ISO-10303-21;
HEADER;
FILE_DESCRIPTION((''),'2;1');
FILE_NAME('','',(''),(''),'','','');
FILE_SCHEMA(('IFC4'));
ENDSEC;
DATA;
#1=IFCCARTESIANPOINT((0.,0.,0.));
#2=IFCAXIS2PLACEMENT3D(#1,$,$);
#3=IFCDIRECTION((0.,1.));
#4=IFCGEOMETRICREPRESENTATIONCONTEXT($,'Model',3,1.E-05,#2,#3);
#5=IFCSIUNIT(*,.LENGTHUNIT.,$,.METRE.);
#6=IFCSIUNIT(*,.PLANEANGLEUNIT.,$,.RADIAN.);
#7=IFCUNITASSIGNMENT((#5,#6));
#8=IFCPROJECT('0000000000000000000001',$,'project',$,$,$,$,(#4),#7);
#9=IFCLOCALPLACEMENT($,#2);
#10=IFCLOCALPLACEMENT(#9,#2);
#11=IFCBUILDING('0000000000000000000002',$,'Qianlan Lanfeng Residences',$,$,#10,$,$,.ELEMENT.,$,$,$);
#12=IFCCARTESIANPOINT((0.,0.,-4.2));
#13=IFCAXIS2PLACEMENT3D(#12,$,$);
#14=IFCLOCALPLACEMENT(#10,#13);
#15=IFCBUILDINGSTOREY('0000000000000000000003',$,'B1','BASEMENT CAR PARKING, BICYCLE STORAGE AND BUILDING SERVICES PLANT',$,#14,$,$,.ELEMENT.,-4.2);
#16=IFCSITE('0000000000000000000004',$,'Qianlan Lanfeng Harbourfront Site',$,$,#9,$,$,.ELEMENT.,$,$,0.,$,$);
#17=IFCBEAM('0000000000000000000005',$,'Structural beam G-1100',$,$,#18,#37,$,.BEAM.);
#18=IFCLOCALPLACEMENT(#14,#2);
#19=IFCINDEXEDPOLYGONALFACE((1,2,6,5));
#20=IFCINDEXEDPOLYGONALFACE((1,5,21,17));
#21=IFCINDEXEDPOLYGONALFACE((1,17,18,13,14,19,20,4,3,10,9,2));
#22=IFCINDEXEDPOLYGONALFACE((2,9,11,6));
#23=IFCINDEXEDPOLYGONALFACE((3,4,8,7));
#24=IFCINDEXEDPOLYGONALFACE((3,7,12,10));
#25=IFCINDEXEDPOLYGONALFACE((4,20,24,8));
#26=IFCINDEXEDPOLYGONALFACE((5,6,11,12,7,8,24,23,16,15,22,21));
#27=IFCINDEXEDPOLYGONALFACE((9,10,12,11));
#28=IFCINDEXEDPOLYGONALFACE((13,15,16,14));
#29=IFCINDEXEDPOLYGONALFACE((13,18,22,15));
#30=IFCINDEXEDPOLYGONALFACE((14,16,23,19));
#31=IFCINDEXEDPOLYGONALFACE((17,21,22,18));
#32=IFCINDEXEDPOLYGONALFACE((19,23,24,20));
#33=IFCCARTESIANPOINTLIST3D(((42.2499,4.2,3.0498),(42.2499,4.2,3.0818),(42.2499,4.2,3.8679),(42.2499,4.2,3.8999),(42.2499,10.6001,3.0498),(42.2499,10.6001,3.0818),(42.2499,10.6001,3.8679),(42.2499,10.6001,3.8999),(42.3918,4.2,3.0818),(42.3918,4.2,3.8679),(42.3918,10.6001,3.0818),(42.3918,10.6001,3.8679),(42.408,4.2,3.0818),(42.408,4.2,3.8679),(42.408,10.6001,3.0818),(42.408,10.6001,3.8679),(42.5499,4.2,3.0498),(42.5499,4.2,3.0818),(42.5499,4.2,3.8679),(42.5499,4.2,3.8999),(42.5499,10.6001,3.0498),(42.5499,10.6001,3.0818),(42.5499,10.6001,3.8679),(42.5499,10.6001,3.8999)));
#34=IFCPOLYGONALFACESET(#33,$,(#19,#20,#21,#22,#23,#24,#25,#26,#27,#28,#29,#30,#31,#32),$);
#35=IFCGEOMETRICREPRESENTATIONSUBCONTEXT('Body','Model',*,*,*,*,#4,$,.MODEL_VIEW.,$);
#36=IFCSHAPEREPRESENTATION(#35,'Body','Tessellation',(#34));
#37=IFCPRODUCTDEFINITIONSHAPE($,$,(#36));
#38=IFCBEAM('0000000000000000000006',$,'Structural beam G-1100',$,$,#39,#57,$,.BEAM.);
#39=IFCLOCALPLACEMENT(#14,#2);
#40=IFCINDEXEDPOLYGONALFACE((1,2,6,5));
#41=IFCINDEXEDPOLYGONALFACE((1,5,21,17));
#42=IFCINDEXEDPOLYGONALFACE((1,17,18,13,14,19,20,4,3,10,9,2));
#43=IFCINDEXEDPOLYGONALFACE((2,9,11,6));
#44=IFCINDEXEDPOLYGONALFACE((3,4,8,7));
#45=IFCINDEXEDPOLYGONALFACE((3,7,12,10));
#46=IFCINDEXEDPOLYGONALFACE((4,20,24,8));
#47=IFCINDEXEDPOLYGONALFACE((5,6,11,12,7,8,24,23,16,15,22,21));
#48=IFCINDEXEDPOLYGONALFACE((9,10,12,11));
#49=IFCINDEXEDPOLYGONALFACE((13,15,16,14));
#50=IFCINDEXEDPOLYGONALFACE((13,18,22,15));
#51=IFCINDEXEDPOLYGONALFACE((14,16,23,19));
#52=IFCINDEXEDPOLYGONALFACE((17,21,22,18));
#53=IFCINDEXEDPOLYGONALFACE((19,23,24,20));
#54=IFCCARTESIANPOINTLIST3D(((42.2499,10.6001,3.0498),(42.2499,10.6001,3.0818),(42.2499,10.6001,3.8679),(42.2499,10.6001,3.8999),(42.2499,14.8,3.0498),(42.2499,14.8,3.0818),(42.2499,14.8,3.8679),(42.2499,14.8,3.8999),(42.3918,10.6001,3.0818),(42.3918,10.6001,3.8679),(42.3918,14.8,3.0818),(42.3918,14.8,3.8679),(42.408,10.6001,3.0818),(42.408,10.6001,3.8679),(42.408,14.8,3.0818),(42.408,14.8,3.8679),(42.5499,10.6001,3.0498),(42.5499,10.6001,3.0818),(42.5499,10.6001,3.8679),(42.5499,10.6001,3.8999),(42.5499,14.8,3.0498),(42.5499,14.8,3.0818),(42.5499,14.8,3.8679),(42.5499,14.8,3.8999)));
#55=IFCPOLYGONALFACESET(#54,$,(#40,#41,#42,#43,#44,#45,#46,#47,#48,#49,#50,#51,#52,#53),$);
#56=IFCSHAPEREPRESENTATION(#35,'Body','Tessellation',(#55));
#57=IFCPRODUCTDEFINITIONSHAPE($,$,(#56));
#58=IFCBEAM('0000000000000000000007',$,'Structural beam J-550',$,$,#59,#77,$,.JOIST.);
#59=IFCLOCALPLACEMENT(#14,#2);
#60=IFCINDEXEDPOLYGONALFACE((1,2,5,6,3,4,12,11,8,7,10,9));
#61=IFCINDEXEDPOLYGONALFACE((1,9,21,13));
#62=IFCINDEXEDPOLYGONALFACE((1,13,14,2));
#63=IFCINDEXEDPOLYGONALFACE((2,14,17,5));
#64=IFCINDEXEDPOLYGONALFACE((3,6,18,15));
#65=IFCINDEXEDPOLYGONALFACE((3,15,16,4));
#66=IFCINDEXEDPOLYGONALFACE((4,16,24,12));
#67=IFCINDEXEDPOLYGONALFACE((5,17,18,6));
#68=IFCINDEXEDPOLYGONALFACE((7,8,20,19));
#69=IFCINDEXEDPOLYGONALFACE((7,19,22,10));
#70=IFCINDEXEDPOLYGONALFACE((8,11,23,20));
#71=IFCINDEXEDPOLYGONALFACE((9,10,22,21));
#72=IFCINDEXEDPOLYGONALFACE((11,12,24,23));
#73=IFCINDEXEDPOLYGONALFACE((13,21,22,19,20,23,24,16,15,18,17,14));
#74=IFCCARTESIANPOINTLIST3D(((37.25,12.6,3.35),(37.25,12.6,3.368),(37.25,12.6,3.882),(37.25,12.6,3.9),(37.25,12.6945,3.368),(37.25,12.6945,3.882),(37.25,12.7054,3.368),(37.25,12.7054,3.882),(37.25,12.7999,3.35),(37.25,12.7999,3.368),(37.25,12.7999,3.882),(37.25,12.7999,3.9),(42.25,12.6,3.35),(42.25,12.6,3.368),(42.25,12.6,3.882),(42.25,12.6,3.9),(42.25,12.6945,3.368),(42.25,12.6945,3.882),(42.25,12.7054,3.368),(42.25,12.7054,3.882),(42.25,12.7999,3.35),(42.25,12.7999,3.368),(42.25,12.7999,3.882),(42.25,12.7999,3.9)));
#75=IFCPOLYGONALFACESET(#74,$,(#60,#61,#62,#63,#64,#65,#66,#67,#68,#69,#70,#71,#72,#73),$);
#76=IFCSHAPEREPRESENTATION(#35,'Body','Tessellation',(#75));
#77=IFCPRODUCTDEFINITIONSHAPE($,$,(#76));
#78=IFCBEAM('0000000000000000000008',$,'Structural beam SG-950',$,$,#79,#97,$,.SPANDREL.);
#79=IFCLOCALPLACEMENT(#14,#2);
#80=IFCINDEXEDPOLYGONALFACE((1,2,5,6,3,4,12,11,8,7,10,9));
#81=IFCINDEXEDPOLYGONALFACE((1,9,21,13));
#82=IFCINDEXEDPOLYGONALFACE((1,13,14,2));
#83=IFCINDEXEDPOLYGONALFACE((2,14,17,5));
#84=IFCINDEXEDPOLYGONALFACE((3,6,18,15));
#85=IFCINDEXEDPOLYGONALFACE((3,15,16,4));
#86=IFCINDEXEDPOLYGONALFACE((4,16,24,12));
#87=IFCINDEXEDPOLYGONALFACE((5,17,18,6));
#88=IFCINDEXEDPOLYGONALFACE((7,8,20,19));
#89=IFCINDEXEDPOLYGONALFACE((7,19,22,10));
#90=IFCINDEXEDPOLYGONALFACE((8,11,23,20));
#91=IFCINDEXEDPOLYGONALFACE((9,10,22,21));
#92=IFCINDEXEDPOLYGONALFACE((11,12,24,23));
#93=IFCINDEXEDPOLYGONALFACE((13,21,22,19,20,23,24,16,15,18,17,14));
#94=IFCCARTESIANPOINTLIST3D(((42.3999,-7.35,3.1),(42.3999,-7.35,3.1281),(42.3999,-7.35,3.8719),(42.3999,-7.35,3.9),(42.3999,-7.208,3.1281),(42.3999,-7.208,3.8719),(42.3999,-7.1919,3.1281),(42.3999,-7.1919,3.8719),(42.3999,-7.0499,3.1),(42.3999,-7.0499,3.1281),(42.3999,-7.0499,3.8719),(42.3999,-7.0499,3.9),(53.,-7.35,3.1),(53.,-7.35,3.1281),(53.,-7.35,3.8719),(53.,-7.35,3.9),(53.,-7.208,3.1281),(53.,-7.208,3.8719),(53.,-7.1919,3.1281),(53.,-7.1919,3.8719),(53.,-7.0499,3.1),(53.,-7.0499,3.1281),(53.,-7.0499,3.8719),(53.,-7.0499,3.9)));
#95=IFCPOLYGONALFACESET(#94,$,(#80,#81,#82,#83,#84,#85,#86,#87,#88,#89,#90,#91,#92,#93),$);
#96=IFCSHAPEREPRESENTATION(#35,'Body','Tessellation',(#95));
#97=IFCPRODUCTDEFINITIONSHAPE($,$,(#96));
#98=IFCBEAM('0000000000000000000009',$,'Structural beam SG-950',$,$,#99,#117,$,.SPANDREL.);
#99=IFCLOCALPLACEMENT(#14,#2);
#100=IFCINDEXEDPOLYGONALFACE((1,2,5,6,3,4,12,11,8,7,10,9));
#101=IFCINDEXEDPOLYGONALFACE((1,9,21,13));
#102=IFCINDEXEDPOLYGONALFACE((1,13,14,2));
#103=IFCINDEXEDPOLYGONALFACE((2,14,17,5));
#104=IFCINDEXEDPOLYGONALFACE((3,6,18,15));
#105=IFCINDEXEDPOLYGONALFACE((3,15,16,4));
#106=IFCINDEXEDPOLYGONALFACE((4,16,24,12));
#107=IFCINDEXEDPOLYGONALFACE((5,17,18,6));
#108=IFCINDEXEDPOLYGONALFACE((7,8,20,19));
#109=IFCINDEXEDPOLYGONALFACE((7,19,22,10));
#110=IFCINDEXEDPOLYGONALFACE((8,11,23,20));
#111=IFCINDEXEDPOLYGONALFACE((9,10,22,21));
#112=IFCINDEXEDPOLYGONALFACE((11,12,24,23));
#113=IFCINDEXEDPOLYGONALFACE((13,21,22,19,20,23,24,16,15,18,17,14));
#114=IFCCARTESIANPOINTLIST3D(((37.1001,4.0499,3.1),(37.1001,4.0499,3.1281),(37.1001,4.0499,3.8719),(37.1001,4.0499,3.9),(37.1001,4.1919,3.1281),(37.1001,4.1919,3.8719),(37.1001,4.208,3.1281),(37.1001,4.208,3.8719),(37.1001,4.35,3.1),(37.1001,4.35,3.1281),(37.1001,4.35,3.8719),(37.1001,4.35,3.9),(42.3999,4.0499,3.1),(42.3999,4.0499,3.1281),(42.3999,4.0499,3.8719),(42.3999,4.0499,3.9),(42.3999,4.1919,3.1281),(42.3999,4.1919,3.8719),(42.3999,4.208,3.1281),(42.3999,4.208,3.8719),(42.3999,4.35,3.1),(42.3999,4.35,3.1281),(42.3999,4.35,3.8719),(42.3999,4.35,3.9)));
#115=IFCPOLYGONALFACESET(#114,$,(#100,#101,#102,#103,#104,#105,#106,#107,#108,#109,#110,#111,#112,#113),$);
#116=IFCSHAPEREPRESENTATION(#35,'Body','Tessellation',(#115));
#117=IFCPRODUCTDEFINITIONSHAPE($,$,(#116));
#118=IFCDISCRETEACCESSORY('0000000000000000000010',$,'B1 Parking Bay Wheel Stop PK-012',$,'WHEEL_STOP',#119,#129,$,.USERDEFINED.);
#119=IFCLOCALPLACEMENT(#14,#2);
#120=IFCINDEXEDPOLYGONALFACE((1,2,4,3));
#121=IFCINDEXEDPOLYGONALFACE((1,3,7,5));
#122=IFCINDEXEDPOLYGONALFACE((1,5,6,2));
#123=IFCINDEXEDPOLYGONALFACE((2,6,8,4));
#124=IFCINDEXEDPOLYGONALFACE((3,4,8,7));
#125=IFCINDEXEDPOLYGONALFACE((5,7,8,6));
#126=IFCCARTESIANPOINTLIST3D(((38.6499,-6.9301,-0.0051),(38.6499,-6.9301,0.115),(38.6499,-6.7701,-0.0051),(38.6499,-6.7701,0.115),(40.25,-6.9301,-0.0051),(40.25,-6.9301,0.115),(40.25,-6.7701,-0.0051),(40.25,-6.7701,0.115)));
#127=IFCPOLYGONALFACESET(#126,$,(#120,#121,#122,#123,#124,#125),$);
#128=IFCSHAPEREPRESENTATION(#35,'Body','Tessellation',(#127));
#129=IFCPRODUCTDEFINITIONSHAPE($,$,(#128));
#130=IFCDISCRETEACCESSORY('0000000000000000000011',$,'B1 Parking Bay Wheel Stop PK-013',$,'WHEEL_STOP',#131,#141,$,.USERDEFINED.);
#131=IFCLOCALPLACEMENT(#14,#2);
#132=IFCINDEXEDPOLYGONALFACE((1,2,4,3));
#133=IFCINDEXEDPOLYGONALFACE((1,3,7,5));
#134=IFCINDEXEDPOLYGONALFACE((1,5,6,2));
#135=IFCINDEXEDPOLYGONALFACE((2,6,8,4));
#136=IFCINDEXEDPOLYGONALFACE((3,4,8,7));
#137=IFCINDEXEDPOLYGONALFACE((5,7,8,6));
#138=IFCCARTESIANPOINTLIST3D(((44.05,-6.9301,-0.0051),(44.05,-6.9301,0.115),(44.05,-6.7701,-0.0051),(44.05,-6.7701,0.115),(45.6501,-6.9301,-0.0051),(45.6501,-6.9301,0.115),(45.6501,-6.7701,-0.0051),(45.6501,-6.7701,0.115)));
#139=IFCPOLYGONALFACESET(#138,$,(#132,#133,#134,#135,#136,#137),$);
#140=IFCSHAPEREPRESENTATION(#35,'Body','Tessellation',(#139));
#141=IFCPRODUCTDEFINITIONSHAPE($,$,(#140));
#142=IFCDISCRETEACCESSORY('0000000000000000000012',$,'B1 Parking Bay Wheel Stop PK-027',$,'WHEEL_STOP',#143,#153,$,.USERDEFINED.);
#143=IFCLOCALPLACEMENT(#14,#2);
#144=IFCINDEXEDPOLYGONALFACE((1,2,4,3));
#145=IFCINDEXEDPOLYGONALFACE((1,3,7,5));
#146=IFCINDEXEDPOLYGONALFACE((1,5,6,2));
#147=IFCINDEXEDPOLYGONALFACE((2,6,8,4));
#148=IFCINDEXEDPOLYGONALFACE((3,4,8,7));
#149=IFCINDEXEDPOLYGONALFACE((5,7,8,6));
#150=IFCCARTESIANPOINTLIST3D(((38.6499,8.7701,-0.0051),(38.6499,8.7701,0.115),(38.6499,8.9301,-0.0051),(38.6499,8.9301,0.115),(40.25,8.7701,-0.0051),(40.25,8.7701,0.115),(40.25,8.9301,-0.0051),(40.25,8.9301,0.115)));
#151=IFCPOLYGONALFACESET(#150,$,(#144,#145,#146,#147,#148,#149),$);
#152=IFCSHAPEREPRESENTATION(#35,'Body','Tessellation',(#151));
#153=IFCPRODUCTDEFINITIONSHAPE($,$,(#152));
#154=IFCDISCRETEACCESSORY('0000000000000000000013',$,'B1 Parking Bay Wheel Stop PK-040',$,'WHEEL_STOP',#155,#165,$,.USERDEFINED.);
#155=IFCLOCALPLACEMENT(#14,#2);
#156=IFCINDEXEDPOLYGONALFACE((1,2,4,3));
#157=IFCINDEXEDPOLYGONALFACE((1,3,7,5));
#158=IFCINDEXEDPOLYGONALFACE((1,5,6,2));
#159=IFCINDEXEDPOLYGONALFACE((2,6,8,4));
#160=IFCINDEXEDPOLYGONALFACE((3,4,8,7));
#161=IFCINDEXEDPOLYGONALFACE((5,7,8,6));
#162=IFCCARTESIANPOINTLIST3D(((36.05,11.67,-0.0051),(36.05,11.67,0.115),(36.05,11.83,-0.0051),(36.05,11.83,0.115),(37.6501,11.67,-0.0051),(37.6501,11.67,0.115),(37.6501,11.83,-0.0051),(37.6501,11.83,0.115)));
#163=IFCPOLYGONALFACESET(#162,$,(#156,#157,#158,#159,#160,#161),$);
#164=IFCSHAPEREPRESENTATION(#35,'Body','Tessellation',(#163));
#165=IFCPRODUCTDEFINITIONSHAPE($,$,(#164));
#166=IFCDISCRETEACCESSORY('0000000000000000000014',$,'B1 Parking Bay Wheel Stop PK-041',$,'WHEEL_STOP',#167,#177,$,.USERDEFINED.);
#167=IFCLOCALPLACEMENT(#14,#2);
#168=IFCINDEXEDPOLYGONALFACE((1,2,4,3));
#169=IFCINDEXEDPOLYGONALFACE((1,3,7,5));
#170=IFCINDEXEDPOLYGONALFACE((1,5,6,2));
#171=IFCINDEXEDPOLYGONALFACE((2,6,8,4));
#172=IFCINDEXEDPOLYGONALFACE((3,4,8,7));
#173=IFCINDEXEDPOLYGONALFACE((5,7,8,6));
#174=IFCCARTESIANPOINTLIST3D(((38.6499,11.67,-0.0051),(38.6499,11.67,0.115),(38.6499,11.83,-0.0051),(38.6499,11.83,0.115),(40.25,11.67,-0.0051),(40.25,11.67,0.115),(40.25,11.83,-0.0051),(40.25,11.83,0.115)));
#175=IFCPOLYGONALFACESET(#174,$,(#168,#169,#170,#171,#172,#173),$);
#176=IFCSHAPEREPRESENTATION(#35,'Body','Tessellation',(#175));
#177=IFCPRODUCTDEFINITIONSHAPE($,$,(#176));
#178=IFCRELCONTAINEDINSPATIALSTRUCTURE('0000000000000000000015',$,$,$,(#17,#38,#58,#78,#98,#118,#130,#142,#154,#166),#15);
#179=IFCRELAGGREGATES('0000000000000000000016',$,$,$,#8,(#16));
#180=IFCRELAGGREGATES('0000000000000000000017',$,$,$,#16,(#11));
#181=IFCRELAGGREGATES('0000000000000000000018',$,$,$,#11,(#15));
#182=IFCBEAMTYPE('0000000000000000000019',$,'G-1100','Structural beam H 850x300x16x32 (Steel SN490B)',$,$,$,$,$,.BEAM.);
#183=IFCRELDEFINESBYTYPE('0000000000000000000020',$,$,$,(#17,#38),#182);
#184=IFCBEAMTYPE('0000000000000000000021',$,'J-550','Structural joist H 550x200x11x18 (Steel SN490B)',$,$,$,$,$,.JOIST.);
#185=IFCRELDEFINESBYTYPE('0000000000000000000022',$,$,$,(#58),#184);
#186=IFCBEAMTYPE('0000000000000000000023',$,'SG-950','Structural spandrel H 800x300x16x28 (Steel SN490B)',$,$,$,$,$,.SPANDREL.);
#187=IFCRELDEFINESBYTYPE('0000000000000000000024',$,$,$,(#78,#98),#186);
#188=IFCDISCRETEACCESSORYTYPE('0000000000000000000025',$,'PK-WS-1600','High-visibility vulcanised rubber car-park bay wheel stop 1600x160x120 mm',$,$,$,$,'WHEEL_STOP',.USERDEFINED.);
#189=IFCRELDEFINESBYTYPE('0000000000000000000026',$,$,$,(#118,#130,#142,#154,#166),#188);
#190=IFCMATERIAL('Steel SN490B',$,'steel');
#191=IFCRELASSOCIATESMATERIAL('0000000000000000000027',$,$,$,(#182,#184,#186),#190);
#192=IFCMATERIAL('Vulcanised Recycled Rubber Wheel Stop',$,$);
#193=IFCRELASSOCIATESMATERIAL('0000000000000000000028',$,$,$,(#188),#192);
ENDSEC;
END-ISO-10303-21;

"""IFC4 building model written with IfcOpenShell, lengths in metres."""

from ifc_helpers import new_model, si_unit, direction, frame, origin, origin_2d, place, context, subcontext, project, spatial, rectangle, i_section, extrude, source, transform, mapped, material, material_profile, profile_set, type_object, element, save


model = new_model("IFC4")

# Units and contexts
model_context = context("Model", 3, precision=1e-05, world=origin(), true_north=direction((0.0, 1.0)))
body_context = subcontext(model_context, "Body", "Model", "MODEL_VIEW")
ifc_project = project(units=[si_unit("LENGTHUNIT", "METRE"), si_unit("PLANEANGLEUNIT", "RADIAN")], contexts=[model_context])

# Site, building, storey
site_placement = place(None, origin())
site = spatial("IfcSite", under=ifc_project, at=site_placement, Name="Qianlan Lanfeng Harbourfront Site", CompositionType="ELEMENT", RefElevation=0.0)
building_placement = place(site_placement, origin())
building = spatial("IfcBuilding", under=site, at=building_placement, Name="Qianlan Lanfeng Residences", CompositionType="ELEMENT")
storey_placement = place(building_placement, frame((0.0, 0.0, -4.2)))
storey = spatial("IfcBuildingStorey", under=building, at=storey_placement, Name="B1", Description="BASEMENT CAR PARKING, BICYCLE STORAGE AND BUILDING SERVICES PLANT", CompositionType="ELEMENT", Elevation=-4.2)

# Beams
ifc_material_1 = material(Name="Steel SN490B", Category="steel")
ifc_material_profile_1 = material_profile(ifc_material_1, i_section(OverallWidth=0.3, OverallDepth=0.8501, WebThickness=0.0161, FlangeThickness=0.032, at=origin_2d()), Name="H 850x300x16x32")
ifc_profile_set_1 = profile_set([ifc_material_profile_1], Name="Steel SN490B")
beam_type_1 = type_object("IfcBeamType", Name="G-1100", Description="Structural beam H 850x300x16x32 (Steel SN490B)", PredefinedType="BEAM", material=ifc_profile_set_1)
beam_1_placement = place(storey_placement, frame((42.3999, 4.2, 3.4749), z_axis=(0.0, 1.0, 0.0), x_axis=(-1.0, 0.0, 0.0)))
element("IfcBeam", 1, at=beam_1_placement, inside=storey, type_object=beam_type_1, Name="Structural beam G-1100", PredefinedType="BEAM", context=body_context, shape_type="SweptSolid", body=[
    extrude(i_section(OverallWidth=0.3, OverallDepth=0.8501, WebThickness=0.0161, FlangeThickness=0.032, at=origin_2d()), origin(), (0.0, 0.0, 1.0), 6.4001),
])
beam_2_placement = place(storey_placement, frame((42.3999, 10.6001, 3.4749), z_axis=(0.0, 1.0, 0.0), x_axis=(-1.0, 0.0, 0.0)))
element("IfcBeam", 2, at=beam_2_placement, inside=storey, type_object=beam_type_1, Name="Structural beam G-1100", PredefinedType="BEAM", context=body_context, shape_type="SweptSolid", body=[
    extrude(i_section(OverallWidth=0.3, OverallDepth=0.8501, WebThickness=0.0161, FlangeThickness=0.032, at=origin_2d()), origin(), (0.0, 0.0, 1.0), 4.2),
])
ifc_material_profile_2 = material_profile(ifc_material_1, i_section(OverallWidth=0.2, OverallDepth=0.55, WebThickness=0.011, FlangeThickness=0.0181, at=origin_2d()), Name="H 550x200x11x18")
ifc_profile_set_2 = profile_set([ifc_material_profile_2], Name="Steel SN490B")
beam_type_2 = type_object("IfcBeamType", Name="J-550", Description="Structural joist H 550x200x11x18 (Steel SN490B)", PredefinedType="JOIST", material=ifc_profile_set_2)
beam_3_placement = place(storey_placement, frame((37.25, 12.7, 3.625), z_axis=(1.0, 0.0, 0.0), x_axis=(0.0, 1.0, 0.0)))
element("IfcBeam", 3, at=beam_3_placement, inside=storey, type_object=beam_type_2, Name="Structural beam J-550", PredefinedType="JOIST", context=body_context, shape_type="SweptSolid", body=[
    extrude(i_section(OverallWidth=0.2, OverallDepth=0.55, WebThickness=0.011, FlangeThickness=0.0181, at=origin_2d()), origin(), (0.0, 0.0, 1.0), 5.0),
])
ifc_material_profile_3 = material_profile(ifc_material_1, i_section(OverallWidth=0.3, OverallDepth=0.8, WebThickness=0.0161, FlangeThickness=0.0281, at=origin_2d()), Name="H 800x300x16x28")
ifc_profile_set_3 = profile_set([ifc_material_profile_3], Name="Steel SN490B")
beam_type_3 = type_object("IfcBeamType", Name="SG-950", Description="Structural spandrel H 800x300x16x28 (Steel SN490B)", PredefinedType="SPANDREL", material=ifc_profile_set_3)
beam_4_placement = place(storey_placement, frame((42.3999, -7.2, 3.5), z_axis=(1.0, 0.0, 0.0), x_axis=(0.0, 1.0, 0.0)))
element("IfcBeam", 4, at=beam_4_placement, inside=storey, type_object=beam_type_3, Name="Structural beam SG-950", PredefinedType="SPANDREL", context=body_context, shape_type="SweptSolid", body=[
    extrude(i_section(OverallWidth=0.3, OverallDepth=0.8, WebThickness=0.0161, FlangeThickness=0.0281, at=origin_2d()), origin(), (0.0, 0.0, 1.0), 10.6001),
])
beam_5_placement = place(storey_placement, frame((37.1001, 4.2, 3.5), z_axis=(1.0, 0.0, 0.0), x_axis=(0.0, 1.0, 0.0)))
element("IfcBeam", 5, at=beam_5_placement, inside=storey, type_object=beam_type_3, Name="Structural beam SG-950", PredefinedType="SPANDREL", context=body_context, shape_type="SweptSolid", body=[
    extrude(i_section(OverallWidth=0.3, OverallDepth=0.8, WebThickness=0.0161, FlangeThickness=0.0281, at=origin_2d()), origin(), (0.0, 0.0, 1.0), 5.2998),
])

# Discrete accessories
ifc_material_2 = material(Name="Vulcanised Recycled Rubber Wheel Stop")
discrete_accessory_type = type_object("IfcDiscreteAccessoryType", Name="PK-WS-1600", Description="High-visibility vulcanised rubber car-park bay wheel stop 1600x160x120 mm", ElementType="WHEEL_STOP", PredefinedType="USERDEFINED", material=ifc_material_2)
shared_shape = source(origin(), body_context, "Body", "SweptSolid", [
    extrude(rectangle(XDim=1.6001, YDim=0.1599, at=origin_2d()), origin(), (0.0, 0.0, 1.0), 0.1201),
])
for number, where, z_axis, x_axis, name in (
    (6, (39.45, -6.8501, -0.0051), (0.0, 0.0, 1.0), (1.0, 0.0, 0.0), "B1 Parking Bay Wheel Stop PK-012"),
    (7, (44.8501, -6.8501, -0.0051), (0.0, 0.0, 1.0), (1.0, 0.0, 0.0), "B1 Parking Bay Wheel Stop PK-013"),
    (8, (39.45, 8.8501, -0.0051), (0.0, 0.0, 1.0), (1.0, 0.0, 0.0), "B1 Parking Bay Wheel Stop PK-027"),
    (9, (36.8501, 11.75, -0.0051), (0.0, 0.0, 1.0), (1.0, 0.0, 0.0), "B1 Parking Bay Wheel Stop PK-040"),
    (10, (39.45, 11.75, -0.0051), (0.0, 0.0, 1.0), (1.0, 0.0, 0.0), "B1 Parking Bay Wheel Stop PK-041"),
):
    element("IfcDiscreteAccessory", number, at=place(storey_placement, frame(where, z_axis=z_axis, x_axis=x_axis)), inside=storey, type_object=discrete_accessory_type, Name=name, ObjectType="WHEEL_STOP", PredefinedType="USERDEFINED", context=body_context, shape_type="MappedRepresentation", body=[
        mapped(shared_shape, transform((0.0, 0.0, 0.0), scale=1.0)),
    ])

save(model, "model.ifc")
